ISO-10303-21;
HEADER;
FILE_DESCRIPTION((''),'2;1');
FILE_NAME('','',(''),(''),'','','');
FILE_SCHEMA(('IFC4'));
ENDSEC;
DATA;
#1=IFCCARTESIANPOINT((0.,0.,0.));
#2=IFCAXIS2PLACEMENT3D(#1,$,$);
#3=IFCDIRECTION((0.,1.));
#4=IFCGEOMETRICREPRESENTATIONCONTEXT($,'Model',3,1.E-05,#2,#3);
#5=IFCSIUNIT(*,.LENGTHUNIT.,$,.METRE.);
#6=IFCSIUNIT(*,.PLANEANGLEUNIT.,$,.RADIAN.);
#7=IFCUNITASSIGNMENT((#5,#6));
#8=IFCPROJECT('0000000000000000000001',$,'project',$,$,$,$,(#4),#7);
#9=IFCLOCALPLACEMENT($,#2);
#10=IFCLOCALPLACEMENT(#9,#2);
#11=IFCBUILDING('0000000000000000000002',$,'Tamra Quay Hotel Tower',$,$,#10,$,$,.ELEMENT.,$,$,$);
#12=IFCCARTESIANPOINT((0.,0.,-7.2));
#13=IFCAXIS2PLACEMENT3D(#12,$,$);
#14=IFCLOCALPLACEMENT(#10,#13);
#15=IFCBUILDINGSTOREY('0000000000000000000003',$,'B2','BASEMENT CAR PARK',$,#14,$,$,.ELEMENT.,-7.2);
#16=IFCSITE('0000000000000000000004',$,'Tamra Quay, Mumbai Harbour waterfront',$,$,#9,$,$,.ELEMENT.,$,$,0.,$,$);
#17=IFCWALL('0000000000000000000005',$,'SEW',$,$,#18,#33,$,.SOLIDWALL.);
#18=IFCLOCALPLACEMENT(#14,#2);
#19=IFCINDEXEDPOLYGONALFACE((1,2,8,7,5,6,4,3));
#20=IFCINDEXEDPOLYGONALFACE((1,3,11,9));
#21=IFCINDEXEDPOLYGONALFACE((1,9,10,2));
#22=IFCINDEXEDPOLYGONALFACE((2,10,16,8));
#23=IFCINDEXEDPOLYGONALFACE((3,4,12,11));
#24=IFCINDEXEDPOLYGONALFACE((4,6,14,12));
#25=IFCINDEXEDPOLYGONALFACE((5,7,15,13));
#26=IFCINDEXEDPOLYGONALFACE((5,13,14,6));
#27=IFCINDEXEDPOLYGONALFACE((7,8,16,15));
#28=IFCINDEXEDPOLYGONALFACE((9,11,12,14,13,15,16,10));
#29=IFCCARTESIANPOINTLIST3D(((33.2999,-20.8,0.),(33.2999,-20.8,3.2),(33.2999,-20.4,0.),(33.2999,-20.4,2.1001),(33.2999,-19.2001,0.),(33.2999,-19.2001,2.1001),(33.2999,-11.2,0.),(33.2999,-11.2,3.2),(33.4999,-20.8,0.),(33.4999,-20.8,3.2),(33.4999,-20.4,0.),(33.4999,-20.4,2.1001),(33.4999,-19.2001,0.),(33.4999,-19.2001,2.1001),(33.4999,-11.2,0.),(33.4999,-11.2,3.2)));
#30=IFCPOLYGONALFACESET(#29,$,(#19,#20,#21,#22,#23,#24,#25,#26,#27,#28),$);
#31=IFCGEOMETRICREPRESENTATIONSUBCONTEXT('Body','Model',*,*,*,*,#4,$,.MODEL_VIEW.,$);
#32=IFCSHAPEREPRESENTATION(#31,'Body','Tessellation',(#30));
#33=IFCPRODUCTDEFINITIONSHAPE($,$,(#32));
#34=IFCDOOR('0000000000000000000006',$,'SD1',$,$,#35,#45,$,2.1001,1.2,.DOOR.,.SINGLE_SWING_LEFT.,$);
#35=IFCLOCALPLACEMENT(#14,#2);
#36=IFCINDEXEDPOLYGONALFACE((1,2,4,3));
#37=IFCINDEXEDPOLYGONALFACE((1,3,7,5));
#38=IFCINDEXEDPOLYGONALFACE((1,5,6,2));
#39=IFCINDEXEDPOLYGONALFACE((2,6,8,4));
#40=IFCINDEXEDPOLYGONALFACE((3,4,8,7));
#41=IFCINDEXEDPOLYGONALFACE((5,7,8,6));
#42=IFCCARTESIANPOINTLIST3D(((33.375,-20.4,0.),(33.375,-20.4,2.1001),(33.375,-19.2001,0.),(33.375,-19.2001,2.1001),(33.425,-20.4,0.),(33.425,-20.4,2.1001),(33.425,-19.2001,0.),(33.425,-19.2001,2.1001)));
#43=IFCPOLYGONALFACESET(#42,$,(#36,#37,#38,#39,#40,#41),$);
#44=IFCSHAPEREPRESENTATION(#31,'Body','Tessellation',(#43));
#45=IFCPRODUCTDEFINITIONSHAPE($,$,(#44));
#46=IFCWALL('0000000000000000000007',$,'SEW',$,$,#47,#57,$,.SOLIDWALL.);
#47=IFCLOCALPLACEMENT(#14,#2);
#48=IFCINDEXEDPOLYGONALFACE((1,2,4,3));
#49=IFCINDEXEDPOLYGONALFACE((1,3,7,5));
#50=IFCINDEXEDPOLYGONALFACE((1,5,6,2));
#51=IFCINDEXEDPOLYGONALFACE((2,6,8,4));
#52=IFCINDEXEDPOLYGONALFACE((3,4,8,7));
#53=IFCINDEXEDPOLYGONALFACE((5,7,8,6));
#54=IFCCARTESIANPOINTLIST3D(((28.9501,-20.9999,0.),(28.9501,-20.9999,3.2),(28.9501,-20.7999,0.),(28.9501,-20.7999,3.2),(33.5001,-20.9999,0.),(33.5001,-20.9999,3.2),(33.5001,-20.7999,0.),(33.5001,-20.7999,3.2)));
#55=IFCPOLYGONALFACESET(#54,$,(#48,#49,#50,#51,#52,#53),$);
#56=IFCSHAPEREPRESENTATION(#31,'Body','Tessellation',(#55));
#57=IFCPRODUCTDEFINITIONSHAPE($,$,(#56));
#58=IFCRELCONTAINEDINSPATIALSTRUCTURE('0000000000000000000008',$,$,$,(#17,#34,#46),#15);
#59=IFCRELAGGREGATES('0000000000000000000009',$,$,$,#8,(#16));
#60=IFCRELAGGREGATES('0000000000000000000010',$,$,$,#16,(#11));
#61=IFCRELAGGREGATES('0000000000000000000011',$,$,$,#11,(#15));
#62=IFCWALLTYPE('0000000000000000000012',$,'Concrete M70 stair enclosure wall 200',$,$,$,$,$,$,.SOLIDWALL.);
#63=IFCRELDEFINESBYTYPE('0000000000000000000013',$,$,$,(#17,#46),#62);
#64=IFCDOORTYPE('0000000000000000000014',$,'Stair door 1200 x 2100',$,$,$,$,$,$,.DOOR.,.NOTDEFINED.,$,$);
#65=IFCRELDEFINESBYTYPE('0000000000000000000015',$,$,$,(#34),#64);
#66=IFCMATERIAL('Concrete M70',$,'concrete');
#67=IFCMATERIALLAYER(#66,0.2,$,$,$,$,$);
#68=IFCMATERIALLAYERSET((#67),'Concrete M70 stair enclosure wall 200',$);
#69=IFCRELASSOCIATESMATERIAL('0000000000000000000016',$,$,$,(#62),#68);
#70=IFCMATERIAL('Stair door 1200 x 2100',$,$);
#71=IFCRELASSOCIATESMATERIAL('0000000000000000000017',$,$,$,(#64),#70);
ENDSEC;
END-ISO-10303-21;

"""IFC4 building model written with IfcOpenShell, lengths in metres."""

from ifc_helpers import new_model, si_unit, direction, frame, frame_2d, origin, place, context, subcontext, project, spatial, rectangle, extrude, material, layer, layer_set, type_object, element, fill, save


model = new_model("IFC4")

# Units and contexts
model_context = context("Model", 3, precision=1e-05, world=origin(), true_north=direction((0.0, 1.0)))
body_context = subcontext(model_context, "Body", "Model", "MODEL_VIEW")
ifc_project = project(units=[si_unit("LENGTHUNIT", "METRE"), si_unit("PLANEANGLEUNIT", "RADIAN")], contexts=[model_context])

# Site, building, storey
site_placement = place(None, origin())
site = spatial("IfcSite", under=ifc_project, at=site_placement, Name="Tamra Quay, Mumbai Harbour waterfront", CompositionType="ELEMENT", RefElevation=0.0)
building_placement = place(site_placement, origin())
building = spatial("IfcBuilding", under=site, at=building_placement, Name="Tamra Quay Hotel Tower", CompositionType="ELEMENT")
storey_placement = place(building_placement, frame((0.0, 0.0, -7.2)))
storey = spatial("IfcBuildingStorey", under=building, at=storey_placement, Name="B2", Description="BASEMENT CAR PARK", CompositionType="ELEMENT", Elevation=-7.2)

# Shared definitions
ifc_material_1 = material(Name="Concrete M70", Category="concrete")

# Shared definitions
ifc_layer_1 = layer(ifc_material_1, 0.2)
ifc_layer_set_1 = layer_set([ifc_layer_1], Name="Concrete M70 stair enclosure wall 200")
wall_type_1 = type_object("IfcWallType", Name="Concrete M70 stair enclosure wall 200", PredefinedType="SOLIDWALL", material=ifc_layer_set_1)

# Wall, opening, door
wall_1_placement = place(storey_placement, frame((33.3999, -20.8, 0.0), z_axis=(0.0, 0.0, 1.0), x_axis=(0.0, 1.0, 0.0)))
wall_1 = element("IfcWall", 1, at=wall_1_placement, inside=storey, type_object=wall_type_1, Name="SEW", PredefinedType="SOLIDWALL", context=body_context, shape_type="SweptSolid", body=[
    extrude(rectangle(XDim=9.6001, YDim=0.2, at=frame_2d((4.8, 0.0))), origin(), (0.0, 0.0, 1.0), 3.2),
])
opening_1_placement = place(wall_1_placement, frame((0.3999, 0.0, 0.0)))
opening_1 = element("IfcOpeningElement", 2, at=opening_1_placement, cuts=wall_1, PredefinedType="OPENING", context=body_context, shape_type="SweptSolid", body=[
    extrude(rectangle(XDim=1.2, YDim=2.1001, at=frame_2d((0.6001, 1.05))), frame((0.0, 0.1099, 0.0), z_axis=(0.0, -1.0, 0.0), x_axis=(1.0, 0.0, 0.0)), (0.0, 0.0, 1.0), 0.22),
])
ifc_material_2 = material(Name="Stair door 1200 x 2100")
door_type_1 = type_object("IfcDoorType", Name="Stair door 1200 x 2100", OperationType="NOTDEFINED", PredefinedType="DOOR", material=ifc_material_2)
door_1_placement = place(opening_1_placement, origin())
door_1 = element("IfcDoor", 3, at=door_1_placement, inside=storey, type_object=door_type_1, Name="SD1", OperationType="SINGLE_SWING_LEFT", OverallHeight=2.1001, OverallWidth=1.2, PredefinedType="DOOR", context=body_context, shape_type="SweptSolid", body=[
    extrude(rectangle(XDim=1.2, YDim=2.1001, at=frame_2d((0.6001, 1.05))), frame((0.0, 0.0249, 0.0), z_axis=(0.0, -1.0, 0.0), x_axis=(1.0, 0.0, 0.0)), (0.0, 0.0, 1.0), 0.05),
])
fill(opening_1, door_1)

# Wall
wall_2_placement = place(storey_placement, frame((33.5, -20.8999, 0.0), z_axis=(0.0, 0.0, 1.0), x_axis=(-1.0, 0.0, 0.0)))
element("IfcWall", 4, at=wall_2_placement, inside=storey, type_object=wall_type_1, Name="SEW", PredefinedType="SOLIDWALL", context=body_context, shape_type="SweptSolid", body=[
    extrude(rectangle(XDim=4.55, YDim=0.2, at=frame_2d((2.2749, 0.0))), origin(), (0.0, 0.0, 1.0), 3.2),
])

save(model, "model.ifc")
